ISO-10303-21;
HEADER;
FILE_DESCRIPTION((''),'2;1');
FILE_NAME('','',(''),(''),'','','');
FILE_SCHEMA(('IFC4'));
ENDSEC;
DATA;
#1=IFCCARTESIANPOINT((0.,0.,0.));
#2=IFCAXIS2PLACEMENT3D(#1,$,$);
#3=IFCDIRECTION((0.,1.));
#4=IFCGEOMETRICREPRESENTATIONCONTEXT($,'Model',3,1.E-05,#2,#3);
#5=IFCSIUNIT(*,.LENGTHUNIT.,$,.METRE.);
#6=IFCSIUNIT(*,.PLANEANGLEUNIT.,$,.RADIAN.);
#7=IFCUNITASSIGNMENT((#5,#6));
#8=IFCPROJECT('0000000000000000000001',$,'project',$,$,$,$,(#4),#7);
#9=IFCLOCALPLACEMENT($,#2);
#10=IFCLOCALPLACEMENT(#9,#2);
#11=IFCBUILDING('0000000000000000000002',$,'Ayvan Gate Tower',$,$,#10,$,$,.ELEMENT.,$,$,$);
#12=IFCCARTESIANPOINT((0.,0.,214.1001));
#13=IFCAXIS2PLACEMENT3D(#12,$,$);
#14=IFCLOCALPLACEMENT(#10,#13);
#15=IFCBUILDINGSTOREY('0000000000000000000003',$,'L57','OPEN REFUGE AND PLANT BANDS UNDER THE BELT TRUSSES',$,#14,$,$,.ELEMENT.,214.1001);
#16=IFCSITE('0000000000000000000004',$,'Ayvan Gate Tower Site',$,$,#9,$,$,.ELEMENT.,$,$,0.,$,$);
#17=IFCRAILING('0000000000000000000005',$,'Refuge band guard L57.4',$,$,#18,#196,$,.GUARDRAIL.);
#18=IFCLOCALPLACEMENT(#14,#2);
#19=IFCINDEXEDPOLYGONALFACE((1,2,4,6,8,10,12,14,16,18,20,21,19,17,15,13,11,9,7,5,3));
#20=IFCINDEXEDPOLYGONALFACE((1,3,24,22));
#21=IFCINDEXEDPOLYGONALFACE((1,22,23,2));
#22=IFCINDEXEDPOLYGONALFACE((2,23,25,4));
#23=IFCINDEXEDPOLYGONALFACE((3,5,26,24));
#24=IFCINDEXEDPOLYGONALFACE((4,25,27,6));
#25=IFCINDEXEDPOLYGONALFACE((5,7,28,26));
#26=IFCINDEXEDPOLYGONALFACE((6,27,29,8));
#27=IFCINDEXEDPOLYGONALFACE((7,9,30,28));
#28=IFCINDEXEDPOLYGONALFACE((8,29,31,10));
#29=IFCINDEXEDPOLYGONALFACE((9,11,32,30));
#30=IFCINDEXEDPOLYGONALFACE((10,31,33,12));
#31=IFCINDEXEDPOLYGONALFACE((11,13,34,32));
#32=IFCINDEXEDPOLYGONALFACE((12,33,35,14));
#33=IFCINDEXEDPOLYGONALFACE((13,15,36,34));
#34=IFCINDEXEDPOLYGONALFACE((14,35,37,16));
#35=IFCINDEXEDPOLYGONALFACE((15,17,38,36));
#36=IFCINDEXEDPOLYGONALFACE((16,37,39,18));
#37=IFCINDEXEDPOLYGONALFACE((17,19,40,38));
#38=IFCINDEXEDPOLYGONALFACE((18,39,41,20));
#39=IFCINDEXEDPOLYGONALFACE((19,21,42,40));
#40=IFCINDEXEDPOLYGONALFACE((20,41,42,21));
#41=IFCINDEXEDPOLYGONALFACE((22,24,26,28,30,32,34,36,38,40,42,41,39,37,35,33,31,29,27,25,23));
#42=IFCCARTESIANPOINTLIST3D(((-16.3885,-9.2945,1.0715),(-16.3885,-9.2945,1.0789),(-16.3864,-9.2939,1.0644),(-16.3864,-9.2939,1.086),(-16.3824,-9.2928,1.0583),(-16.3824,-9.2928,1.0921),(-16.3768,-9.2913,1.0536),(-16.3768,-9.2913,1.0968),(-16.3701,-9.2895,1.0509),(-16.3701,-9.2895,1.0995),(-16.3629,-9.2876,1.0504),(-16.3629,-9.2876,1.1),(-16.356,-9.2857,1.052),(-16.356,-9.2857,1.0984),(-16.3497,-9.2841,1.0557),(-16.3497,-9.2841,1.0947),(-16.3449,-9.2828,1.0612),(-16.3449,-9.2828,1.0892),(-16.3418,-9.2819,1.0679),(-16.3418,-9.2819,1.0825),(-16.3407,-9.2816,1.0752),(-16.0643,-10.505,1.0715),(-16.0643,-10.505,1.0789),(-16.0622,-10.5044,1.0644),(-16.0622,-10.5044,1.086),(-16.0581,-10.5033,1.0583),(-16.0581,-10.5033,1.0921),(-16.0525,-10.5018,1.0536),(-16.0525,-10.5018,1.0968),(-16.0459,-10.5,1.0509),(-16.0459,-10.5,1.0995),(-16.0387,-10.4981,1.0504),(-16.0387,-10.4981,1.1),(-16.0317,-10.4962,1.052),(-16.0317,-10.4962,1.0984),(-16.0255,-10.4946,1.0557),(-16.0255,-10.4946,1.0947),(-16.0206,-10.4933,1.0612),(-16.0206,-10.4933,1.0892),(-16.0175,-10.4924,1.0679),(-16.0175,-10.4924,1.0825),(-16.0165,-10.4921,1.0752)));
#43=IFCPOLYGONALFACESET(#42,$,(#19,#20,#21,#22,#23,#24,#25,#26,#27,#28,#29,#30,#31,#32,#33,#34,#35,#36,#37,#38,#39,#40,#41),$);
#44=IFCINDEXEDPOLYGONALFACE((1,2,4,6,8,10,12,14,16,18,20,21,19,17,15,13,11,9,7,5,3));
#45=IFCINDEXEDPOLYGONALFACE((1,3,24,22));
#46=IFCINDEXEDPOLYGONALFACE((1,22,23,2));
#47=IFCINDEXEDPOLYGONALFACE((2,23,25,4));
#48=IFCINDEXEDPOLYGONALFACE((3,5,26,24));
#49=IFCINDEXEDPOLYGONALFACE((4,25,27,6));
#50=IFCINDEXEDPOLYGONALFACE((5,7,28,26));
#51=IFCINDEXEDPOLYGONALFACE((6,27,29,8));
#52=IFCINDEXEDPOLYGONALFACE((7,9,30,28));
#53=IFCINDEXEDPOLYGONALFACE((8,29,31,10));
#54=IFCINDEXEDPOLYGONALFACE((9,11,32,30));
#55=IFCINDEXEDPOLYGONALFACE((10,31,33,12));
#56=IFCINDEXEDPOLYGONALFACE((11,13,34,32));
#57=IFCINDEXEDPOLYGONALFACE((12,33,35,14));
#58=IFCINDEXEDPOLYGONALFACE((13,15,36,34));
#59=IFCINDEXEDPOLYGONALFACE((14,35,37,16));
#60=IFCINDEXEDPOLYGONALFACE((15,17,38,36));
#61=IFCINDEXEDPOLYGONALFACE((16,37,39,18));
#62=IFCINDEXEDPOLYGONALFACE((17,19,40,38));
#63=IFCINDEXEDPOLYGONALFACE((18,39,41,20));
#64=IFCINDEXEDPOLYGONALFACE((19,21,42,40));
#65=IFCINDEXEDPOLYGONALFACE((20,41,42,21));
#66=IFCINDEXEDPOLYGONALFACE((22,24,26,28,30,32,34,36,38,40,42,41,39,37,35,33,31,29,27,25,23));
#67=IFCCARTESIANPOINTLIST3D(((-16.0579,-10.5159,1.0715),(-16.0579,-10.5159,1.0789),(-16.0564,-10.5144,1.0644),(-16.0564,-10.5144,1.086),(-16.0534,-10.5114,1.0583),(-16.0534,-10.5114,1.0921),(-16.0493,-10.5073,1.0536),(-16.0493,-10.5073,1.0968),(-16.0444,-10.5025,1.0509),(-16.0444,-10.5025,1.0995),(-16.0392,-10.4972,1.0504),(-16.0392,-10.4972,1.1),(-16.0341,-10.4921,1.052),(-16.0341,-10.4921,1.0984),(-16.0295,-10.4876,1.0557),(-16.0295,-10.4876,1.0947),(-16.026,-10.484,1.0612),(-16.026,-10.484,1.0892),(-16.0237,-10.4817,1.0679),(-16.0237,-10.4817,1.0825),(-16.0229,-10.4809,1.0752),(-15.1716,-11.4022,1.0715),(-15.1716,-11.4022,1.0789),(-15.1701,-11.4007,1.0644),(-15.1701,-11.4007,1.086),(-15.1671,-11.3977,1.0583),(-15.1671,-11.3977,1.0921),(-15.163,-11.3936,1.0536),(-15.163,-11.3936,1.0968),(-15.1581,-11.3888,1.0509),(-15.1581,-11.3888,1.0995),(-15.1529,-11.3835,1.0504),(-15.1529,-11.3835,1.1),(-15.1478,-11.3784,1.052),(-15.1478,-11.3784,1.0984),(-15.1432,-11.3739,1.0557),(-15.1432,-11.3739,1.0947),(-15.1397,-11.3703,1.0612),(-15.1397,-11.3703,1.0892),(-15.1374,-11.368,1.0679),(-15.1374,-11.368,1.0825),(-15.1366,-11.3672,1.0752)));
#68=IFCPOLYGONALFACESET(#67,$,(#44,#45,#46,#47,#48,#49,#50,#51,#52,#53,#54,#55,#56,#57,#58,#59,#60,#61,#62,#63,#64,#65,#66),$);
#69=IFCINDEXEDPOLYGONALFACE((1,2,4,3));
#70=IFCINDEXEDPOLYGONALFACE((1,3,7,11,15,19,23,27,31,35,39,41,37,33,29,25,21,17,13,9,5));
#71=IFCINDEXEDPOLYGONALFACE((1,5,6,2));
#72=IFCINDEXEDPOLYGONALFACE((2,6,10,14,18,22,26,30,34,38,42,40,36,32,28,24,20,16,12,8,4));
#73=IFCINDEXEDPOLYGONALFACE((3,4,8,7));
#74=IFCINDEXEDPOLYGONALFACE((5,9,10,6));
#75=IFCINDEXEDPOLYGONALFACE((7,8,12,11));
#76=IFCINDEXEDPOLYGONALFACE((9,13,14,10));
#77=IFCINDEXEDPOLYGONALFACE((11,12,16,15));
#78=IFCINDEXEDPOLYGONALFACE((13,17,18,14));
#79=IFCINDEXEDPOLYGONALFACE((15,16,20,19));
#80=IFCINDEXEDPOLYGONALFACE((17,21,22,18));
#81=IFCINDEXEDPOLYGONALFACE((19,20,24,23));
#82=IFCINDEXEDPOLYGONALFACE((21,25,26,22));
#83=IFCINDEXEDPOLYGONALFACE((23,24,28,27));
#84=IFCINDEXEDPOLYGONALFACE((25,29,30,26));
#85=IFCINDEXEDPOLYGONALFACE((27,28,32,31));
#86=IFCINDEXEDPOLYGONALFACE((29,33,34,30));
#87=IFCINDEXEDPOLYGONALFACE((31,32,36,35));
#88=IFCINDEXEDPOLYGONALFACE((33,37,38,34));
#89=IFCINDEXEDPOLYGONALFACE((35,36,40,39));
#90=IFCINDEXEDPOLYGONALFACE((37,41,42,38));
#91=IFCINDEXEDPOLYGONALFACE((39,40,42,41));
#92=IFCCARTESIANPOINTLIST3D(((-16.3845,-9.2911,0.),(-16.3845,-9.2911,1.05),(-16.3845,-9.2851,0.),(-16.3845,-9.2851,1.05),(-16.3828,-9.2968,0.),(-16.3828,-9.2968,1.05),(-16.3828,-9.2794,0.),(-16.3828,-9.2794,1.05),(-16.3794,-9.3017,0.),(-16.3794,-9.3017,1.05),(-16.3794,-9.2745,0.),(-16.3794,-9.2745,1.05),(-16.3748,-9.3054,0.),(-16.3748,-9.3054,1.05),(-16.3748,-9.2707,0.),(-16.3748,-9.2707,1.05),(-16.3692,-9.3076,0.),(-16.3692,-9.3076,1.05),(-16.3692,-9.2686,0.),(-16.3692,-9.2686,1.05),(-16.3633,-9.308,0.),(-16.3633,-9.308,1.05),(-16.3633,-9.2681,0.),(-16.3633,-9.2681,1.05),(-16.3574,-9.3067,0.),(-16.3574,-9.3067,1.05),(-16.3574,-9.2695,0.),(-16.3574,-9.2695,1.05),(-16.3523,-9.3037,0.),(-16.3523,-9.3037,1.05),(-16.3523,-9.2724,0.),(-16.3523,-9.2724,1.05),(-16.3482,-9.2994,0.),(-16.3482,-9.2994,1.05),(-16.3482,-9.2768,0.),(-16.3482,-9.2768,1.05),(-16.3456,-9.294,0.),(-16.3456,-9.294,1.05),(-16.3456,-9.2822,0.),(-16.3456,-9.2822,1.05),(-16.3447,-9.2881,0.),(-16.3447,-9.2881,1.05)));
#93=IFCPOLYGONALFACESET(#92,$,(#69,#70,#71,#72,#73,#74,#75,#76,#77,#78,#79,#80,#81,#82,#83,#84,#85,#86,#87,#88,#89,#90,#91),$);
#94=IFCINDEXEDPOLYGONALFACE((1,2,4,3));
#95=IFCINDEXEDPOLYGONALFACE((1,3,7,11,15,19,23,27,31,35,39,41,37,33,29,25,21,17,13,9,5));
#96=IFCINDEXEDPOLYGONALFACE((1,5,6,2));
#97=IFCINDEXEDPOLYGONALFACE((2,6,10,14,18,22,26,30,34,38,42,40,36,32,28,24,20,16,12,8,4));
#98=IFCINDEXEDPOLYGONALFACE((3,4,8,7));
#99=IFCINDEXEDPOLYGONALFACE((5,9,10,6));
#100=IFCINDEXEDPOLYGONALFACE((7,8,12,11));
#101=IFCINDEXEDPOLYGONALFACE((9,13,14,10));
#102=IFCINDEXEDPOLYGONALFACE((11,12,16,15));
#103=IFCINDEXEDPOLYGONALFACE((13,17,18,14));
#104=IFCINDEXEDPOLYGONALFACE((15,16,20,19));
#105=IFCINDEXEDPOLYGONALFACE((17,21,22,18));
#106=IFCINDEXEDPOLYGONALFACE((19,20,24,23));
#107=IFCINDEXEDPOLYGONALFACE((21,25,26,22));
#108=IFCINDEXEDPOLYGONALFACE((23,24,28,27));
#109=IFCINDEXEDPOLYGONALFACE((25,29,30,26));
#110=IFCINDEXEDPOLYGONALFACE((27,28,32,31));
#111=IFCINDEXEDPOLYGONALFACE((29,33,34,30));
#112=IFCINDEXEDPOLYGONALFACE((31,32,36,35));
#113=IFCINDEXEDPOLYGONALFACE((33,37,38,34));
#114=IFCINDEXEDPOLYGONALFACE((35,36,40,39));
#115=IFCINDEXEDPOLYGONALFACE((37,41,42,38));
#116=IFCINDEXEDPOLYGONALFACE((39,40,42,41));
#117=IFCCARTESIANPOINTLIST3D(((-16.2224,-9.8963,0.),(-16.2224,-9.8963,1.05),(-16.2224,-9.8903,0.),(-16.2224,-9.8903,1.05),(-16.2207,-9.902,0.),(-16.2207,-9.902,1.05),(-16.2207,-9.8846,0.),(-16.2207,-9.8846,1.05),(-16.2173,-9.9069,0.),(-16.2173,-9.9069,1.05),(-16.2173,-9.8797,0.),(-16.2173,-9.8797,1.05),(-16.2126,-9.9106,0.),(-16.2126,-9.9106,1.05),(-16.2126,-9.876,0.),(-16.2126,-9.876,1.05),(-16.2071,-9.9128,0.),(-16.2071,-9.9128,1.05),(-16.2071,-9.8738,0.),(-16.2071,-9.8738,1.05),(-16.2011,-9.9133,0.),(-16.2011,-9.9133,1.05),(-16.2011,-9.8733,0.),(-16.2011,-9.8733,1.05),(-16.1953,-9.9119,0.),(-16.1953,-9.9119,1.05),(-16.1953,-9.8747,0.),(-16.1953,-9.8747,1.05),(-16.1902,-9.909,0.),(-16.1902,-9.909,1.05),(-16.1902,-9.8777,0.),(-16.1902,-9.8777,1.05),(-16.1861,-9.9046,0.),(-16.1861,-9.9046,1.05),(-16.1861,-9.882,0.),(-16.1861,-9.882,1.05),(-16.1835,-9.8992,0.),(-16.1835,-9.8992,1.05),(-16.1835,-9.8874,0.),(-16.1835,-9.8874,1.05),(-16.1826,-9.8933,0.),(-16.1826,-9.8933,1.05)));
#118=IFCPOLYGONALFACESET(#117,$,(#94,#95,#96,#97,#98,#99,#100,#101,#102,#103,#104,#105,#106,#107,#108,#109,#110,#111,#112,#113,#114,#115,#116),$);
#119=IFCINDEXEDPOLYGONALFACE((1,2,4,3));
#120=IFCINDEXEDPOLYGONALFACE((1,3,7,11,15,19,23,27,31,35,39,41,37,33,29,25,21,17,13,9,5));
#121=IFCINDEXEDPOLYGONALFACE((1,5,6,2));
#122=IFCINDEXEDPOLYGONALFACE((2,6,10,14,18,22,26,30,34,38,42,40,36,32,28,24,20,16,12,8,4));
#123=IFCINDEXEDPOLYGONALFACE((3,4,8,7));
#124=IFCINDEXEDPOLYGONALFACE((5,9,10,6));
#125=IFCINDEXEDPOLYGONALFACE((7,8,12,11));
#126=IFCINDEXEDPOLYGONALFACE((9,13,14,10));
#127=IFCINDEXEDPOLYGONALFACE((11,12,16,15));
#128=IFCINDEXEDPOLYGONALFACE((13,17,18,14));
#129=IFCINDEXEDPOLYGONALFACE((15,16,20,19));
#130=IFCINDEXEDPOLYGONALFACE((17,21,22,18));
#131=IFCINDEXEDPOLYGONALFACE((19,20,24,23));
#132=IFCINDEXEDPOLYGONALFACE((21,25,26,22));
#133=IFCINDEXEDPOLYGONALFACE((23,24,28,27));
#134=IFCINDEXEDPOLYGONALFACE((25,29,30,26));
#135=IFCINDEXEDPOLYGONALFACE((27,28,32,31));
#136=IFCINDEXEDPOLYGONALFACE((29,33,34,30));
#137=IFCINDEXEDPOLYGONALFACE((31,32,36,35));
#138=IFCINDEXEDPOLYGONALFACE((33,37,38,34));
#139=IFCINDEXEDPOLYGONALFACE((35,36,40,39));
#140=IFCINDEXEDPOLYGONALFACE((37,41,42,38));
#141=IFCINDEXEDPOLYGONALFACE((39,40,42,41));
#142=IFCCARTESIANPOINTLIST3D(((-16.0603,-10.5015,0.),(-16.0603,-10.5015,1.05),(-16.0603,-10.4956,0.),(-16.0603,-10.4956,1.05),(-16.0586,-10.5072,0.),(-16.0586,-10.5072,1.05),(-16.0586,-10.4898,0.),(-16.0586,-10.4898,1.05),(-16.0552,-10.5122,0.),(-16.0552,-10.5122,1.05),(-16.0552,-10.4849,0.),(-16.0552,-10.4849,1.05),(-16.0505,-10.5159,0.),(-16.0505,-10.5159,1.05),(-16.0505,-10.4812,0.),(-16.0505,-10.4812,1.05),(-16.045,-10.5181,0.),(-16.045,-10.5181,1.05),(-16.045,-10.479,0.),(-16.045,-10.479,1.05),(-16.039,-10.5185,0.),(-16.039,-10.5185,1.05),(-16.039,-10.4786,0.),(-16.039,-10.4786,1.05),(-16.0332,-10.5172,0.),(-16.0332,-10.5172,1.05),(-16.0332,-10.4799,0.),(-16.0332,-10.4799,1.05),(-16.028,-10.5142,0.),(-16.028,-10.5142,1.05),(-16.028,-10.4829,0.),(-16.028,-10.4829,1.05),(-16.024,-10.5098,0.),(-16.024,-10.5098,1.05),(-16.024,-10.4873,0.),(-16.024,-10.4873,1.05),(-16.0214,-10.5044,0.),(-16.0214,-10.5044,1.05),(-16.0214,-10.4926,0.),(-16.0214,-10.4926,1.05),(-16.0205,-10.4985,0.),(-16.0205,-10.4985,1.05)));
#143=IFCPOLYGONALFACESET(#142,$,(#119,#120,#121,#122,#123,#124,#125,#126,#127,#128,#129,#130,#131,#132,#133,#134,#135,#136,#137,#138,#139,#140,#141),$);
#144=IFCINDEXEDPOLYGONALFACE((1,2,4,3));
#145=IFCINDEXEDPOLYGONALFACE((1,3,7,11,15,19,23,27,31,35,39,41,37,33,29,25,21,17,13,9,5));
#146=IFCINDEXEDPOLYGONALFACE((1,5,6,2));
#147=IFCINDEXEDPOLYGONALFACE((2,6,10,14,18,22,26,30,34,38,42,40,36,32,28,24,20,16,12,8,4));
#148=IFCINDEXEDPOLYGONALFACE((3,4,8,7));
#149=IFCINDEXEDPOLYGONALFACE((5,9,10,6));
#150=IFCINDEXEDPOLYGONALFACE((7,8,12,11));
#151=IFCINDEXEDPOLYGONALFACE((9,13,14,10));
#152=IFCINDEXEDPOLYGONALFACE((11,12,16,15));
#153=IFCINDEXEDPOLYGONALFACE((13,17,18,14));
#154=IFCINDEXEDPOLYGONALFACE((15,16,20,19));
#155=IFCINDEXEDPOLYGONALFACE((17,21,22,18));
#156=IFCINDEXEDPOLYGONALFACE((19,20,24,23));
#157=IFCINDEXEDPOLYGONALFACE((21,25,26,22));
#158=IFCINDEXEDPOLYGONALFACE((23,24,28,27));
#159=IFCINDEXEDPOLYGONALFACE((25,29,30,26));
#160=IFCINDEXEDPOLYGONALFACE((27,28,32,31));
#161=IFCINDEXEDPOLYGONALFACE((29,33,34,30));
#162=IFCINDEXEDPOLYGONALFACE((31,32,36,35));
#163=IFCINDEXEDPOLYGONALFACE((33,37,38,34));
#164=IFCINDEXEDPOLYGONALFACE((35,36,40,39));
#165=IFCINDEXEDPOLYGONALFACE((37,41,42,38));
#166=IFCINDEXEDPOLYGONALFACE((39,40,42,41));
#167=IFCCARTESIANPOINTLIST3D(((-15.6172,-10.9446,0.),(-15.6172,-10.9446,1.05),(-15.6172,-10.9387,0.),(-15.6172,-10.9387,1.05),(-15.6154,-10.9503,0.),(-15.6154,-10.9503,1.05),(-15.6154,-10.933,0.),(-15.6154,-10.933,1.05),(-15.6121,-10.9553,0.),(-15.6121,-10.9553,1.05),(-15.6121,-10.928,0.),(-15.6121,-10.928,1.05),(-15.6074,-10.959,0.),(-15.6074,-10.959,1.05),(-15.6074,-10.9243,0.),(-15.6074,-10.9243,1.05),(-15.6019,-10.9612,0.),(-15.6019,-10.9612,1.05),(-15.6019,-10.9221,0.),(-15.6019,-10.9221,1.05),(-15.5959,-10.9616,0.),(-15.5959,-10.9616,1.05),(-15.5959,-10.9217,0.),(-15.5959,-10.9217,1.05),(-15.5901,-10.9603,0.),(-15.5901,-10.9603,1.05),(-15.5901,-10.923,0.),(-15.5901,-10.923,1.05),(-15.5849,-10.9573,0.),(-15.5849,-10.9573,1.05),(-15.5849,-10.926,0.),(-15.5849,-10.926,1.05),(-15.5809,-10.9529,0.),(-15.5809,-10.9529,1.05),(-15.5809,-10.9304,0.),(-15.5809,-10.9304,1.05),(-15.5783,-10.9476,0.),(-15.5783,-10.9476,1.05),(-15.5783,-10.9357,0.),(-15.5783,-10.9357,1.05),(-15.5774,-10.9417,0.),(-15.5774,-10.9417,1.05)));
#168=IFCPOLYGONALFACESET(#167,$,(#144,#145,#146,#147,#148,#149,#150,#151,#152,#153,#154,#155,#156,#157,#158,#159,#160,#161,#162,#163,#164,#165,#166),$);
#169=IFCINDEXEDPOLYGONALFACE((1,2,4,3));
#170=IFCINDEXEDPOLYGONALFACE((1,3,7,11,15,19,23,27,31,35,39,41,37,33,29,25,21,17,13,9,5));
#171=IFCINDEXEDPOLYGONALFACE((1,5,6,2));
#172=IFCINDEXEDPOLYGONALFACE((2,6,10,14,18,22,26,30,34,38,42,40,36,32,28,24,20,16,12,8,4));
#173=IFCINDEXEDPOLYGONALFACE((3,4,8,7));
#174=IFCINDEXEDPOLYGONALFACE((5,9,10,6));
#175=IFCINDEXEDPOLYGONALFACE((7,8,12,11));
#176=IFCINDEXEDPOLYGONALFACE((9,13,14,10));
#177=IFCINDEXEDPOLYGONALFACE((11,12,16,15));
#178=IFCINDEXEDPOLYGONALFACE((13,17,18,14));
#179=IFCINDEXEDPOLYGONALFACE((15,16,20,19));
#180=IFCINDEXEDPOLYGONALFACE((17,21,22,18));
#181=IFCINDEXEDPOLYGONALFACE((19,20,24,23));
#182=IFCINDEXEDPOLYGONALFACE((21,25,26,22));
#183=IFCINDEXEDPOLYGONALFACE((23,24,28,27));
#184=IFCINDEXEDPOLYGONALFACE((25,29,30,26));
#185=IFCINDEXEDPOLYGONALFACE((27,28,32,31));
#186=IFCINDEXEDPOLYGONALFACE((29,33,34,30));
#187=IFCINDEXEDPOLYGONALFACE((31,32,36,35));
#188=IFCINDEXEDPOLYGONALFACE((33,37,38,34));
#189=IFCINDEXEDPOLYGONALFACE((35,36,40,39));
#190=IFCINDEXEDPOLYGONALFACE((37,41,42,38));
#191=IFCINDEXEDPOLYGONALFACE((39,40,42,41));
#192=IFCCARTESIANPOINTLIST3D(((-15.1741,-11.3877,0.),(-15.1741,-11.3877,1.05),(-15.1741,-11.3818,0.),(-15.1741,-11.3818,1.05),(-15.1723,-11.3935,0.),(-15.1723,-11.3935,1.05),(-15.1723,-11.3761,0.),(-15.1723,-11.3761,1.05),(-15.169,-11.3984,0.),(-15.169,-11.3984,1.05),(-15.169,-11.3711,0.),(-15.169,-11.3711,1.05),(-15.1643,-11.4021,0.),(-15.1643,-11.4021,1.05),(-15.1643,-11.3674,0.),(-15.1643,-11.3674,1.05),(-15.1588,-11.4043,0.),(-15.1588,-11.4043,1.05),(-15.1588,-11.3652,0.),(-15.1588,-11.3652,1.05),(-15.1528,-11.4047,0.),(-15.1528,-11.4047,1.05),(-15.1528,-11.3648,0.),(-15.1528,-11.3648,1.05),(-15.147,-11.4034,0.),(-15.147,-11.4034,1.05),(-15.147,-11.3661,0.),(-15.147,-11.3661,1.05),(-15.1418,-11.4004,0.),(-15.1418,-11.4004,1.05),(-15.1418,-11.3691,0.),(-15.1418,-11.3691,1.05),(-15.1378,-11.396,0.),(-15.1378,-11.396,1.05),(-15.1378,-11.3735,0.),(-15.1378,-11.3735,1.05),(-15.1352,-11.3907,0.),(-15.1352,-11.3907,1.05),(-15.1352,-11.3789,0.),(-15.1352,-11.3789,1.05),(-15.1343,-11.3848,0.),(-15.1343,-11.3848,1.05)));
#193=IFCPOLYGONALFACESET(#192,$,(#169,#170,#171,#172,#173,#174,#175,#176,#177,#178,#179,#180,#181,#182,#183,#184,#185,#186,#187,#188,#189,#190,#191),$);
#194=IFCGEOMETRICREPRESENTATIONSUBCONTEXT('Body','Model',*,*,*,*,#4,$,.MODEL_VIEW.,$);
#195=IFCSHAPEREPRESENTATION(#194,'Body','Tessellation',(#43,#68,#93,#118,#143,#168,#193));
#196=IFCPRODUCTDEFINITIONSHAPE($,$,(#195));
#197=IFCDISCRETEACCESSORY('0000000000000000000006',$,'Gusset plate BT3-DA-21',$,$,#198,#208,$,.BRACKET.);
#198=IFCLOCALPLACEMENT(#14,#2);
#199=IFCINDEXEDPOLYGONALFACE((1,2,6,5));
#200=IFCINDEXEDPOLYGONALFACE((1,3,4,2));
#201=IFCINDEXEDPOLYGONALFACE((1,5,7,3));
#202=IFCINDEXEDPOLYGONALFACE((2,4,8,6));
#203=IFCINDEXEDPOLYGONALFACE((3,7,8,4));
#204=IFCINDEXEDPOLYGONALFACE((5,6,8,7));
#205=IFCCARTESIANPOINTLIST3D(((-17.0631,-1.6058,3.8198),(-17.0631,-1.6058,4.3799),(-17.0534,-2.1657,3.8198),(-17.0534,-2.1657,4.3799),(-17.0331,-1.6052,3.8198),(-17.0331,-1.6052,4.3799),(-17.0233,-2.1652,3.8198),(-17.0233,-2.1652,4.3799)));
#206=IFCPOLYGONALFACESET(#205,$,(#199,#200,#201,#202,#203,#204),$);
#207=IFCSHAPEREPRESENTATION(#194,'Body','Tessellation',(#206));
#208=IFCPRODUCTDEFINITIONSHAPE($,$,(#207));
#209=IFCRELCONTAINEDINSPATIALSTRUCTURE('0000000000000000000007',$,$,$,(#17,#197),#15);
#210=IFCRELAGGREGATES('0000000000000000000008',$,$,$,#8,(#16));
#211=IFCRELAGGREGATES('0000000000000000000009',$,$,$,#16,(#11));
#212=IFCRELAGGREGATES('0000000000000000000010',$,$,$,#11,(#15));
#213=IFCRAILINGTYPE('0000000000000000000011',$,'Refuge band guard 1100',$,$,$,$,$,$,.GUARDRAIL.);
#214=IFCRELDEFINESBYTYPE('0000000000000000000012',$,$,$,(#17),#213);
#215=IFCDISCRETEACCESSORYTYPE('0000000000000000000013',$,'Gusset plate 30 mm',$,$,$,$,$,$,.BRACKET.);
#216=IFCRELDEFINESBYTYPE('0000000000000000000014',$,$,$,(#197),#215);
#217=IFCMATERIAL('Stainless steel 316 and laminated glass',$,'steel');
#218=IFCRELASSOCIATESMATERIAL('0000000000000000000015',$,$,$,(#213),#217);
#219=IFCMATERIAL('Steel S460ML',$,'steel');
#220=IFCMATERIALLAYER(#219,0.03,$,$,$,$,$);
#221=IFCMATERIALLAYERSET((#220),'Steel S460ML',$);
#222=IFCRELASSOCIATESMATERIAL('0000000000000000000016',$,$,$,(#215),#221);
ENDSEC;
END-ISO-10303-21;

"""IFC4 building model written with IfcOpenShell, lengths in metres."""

from ifc_helpers import new_model, si_unit, direction, frame, origin, origin_2d, place, context, subcontext, project, spatial, rectangle, circle, extrude, material, layer, layer_set, type_object, element, save


model = new_model("IFC4")

# Units and contexts
model_context = context("Model", 3, precision=1e-05, world=origin(), true_north=direction((0.0, 1.0)))
body_context = subcontext(model_context, "Body", "Model", "MODEL_VIEW")
ifc_project = project(units=[si_unit("LENGTHUNIT", "METRE"), si_unit("PLANEANGLEUNIT", "RADIAN")], contexts=[model_context])

# Site, building, storey
site_placement = place(None, origin())
site = spatial("IfcSite", under=ifc_project, at=site_placement, Name="Ayvan Gate Tower Site", CompositionType="ELEMENT", RefElevation=0.0)
building_placement = place(site_placement, origin())
building = spatial("IfcBuilding", under=site, at=building_placement, Name="Ayvan Gate Tower", CompositionType="ELEMENT")
storey_placement = place(building_placement, frame((0.0, 0.0, 214.1001)))
storey = spatial("IfcBuildingStorey", under=building, at=storey_placement, Name="L57", Description="OPEN REFUGE AND PLANT BANDS UNDER THE BELT TRUSSES", CompositionType="ELEMENT", Elevation=214.1001)

# Shared definitions
ifc_material_1 = material(Name="Steel S460ML", Category="steel")

# Railing
ifc_material_2 = material(Name="Stainless steel 316 and laminated glass", Category="steel")
railing_type = type_object("IfcRailingType", Name="Refuge band guard 1100", PredefinedType="GUARDRAIL", material=ifc_material_2)
railing_1_placement = place(storey_placement, frame((-16.3647, -9.2881, 0.0)))
element("IfcRailing", 1, at=railing_1_placement, inside=storey, type_object=railing_type, Name="Refuge band guard L57.4", PredefinedType="GUARDRAIL", context=body_context, shape_type="SweptSolid", body=[
    extrude(circle(Radius=0.0249, at=origin_2d()), frame((0.0, 0.0, 1.0752), z_axis=(0.25873, -0.96595, 0.0), x_axis=(0.96595, 0.25873, 0.0)), (0.0, 0.0, 1.0), 1.2532),
    extrude(circle(Radius=0.0249, at=origin_2d()), frame((0.3242, -1.2104, 1.0752), z_axis=(0.707107, -0.707107, 0.0), x_axis=(0.707107, 0.707107, 0.0)), (0.0, 0.0, 1.0), 1.2534),
    extrude(circle(Radius=0.02, at=origin_2d()), origin(), (0.0, 0.0, 1.0), 1.05),
    extrude(circle(Radius=0.02, at=origin_2d()), frame((0.1621, -0.6052, 0.0)), (0.0, 0.0, 1.0), 1.05),
    extrude(circle(Radius=0.02, at=origin_2d()), frame((0.3242, -1.2104, 0.0)), (0.0, 0.0, 1.0), 1.05),
    extrude(circle(Radius=0.02, at=origin_2d()), frame((0.7673, -1.6536, 0.0)), (0.0, 0.0, 1.0), 1.05),
    extrude(circle(Radius=0.02, at=origin_2d()), frame((1.2104, -2.0967, 0.0)), (0.0, 0.0, 1.0), 1.05),
])

# Discrete accessory
ifc_layer_1 = layer(ifc_material_1, 0.03)
ifc_layer_set_1 = layer_set([ifc_layer_1], Name="Steel S460ML")
discrete_accessory_type = type_object("IfcDiscreteAccessoryType", Name="Gusset plate 30 mm", PredefinedType="BRACKET", material=ifc_layer_set_1)
for number, where, z_axis, x_axis, name in (
    (2, (-17.0432, -1.8855, 3.8198), (0.0, 0.0, 1.0), (-0.01739, 0.999849, 0.0), "Gusset plate BT3-DA-21"),
):
    element("IfcDiscreteAccessory", number, at=place(storey_placement, frame(where, z_axis=z_axis, x_axis=x_axis)), inside=storey, type_object=discrete_accessory_type, Name=name, PredefinedType="BRACKET", context=body_context, shape_type="SweptSolid", body=[
        extrude(rectangle(XDim=0.5601, YDim=0.03, at=origin_2d()), origin(), (0.0, 0.0, 1.0), 0.5601),
    ])

save(model, "model.ifc")
